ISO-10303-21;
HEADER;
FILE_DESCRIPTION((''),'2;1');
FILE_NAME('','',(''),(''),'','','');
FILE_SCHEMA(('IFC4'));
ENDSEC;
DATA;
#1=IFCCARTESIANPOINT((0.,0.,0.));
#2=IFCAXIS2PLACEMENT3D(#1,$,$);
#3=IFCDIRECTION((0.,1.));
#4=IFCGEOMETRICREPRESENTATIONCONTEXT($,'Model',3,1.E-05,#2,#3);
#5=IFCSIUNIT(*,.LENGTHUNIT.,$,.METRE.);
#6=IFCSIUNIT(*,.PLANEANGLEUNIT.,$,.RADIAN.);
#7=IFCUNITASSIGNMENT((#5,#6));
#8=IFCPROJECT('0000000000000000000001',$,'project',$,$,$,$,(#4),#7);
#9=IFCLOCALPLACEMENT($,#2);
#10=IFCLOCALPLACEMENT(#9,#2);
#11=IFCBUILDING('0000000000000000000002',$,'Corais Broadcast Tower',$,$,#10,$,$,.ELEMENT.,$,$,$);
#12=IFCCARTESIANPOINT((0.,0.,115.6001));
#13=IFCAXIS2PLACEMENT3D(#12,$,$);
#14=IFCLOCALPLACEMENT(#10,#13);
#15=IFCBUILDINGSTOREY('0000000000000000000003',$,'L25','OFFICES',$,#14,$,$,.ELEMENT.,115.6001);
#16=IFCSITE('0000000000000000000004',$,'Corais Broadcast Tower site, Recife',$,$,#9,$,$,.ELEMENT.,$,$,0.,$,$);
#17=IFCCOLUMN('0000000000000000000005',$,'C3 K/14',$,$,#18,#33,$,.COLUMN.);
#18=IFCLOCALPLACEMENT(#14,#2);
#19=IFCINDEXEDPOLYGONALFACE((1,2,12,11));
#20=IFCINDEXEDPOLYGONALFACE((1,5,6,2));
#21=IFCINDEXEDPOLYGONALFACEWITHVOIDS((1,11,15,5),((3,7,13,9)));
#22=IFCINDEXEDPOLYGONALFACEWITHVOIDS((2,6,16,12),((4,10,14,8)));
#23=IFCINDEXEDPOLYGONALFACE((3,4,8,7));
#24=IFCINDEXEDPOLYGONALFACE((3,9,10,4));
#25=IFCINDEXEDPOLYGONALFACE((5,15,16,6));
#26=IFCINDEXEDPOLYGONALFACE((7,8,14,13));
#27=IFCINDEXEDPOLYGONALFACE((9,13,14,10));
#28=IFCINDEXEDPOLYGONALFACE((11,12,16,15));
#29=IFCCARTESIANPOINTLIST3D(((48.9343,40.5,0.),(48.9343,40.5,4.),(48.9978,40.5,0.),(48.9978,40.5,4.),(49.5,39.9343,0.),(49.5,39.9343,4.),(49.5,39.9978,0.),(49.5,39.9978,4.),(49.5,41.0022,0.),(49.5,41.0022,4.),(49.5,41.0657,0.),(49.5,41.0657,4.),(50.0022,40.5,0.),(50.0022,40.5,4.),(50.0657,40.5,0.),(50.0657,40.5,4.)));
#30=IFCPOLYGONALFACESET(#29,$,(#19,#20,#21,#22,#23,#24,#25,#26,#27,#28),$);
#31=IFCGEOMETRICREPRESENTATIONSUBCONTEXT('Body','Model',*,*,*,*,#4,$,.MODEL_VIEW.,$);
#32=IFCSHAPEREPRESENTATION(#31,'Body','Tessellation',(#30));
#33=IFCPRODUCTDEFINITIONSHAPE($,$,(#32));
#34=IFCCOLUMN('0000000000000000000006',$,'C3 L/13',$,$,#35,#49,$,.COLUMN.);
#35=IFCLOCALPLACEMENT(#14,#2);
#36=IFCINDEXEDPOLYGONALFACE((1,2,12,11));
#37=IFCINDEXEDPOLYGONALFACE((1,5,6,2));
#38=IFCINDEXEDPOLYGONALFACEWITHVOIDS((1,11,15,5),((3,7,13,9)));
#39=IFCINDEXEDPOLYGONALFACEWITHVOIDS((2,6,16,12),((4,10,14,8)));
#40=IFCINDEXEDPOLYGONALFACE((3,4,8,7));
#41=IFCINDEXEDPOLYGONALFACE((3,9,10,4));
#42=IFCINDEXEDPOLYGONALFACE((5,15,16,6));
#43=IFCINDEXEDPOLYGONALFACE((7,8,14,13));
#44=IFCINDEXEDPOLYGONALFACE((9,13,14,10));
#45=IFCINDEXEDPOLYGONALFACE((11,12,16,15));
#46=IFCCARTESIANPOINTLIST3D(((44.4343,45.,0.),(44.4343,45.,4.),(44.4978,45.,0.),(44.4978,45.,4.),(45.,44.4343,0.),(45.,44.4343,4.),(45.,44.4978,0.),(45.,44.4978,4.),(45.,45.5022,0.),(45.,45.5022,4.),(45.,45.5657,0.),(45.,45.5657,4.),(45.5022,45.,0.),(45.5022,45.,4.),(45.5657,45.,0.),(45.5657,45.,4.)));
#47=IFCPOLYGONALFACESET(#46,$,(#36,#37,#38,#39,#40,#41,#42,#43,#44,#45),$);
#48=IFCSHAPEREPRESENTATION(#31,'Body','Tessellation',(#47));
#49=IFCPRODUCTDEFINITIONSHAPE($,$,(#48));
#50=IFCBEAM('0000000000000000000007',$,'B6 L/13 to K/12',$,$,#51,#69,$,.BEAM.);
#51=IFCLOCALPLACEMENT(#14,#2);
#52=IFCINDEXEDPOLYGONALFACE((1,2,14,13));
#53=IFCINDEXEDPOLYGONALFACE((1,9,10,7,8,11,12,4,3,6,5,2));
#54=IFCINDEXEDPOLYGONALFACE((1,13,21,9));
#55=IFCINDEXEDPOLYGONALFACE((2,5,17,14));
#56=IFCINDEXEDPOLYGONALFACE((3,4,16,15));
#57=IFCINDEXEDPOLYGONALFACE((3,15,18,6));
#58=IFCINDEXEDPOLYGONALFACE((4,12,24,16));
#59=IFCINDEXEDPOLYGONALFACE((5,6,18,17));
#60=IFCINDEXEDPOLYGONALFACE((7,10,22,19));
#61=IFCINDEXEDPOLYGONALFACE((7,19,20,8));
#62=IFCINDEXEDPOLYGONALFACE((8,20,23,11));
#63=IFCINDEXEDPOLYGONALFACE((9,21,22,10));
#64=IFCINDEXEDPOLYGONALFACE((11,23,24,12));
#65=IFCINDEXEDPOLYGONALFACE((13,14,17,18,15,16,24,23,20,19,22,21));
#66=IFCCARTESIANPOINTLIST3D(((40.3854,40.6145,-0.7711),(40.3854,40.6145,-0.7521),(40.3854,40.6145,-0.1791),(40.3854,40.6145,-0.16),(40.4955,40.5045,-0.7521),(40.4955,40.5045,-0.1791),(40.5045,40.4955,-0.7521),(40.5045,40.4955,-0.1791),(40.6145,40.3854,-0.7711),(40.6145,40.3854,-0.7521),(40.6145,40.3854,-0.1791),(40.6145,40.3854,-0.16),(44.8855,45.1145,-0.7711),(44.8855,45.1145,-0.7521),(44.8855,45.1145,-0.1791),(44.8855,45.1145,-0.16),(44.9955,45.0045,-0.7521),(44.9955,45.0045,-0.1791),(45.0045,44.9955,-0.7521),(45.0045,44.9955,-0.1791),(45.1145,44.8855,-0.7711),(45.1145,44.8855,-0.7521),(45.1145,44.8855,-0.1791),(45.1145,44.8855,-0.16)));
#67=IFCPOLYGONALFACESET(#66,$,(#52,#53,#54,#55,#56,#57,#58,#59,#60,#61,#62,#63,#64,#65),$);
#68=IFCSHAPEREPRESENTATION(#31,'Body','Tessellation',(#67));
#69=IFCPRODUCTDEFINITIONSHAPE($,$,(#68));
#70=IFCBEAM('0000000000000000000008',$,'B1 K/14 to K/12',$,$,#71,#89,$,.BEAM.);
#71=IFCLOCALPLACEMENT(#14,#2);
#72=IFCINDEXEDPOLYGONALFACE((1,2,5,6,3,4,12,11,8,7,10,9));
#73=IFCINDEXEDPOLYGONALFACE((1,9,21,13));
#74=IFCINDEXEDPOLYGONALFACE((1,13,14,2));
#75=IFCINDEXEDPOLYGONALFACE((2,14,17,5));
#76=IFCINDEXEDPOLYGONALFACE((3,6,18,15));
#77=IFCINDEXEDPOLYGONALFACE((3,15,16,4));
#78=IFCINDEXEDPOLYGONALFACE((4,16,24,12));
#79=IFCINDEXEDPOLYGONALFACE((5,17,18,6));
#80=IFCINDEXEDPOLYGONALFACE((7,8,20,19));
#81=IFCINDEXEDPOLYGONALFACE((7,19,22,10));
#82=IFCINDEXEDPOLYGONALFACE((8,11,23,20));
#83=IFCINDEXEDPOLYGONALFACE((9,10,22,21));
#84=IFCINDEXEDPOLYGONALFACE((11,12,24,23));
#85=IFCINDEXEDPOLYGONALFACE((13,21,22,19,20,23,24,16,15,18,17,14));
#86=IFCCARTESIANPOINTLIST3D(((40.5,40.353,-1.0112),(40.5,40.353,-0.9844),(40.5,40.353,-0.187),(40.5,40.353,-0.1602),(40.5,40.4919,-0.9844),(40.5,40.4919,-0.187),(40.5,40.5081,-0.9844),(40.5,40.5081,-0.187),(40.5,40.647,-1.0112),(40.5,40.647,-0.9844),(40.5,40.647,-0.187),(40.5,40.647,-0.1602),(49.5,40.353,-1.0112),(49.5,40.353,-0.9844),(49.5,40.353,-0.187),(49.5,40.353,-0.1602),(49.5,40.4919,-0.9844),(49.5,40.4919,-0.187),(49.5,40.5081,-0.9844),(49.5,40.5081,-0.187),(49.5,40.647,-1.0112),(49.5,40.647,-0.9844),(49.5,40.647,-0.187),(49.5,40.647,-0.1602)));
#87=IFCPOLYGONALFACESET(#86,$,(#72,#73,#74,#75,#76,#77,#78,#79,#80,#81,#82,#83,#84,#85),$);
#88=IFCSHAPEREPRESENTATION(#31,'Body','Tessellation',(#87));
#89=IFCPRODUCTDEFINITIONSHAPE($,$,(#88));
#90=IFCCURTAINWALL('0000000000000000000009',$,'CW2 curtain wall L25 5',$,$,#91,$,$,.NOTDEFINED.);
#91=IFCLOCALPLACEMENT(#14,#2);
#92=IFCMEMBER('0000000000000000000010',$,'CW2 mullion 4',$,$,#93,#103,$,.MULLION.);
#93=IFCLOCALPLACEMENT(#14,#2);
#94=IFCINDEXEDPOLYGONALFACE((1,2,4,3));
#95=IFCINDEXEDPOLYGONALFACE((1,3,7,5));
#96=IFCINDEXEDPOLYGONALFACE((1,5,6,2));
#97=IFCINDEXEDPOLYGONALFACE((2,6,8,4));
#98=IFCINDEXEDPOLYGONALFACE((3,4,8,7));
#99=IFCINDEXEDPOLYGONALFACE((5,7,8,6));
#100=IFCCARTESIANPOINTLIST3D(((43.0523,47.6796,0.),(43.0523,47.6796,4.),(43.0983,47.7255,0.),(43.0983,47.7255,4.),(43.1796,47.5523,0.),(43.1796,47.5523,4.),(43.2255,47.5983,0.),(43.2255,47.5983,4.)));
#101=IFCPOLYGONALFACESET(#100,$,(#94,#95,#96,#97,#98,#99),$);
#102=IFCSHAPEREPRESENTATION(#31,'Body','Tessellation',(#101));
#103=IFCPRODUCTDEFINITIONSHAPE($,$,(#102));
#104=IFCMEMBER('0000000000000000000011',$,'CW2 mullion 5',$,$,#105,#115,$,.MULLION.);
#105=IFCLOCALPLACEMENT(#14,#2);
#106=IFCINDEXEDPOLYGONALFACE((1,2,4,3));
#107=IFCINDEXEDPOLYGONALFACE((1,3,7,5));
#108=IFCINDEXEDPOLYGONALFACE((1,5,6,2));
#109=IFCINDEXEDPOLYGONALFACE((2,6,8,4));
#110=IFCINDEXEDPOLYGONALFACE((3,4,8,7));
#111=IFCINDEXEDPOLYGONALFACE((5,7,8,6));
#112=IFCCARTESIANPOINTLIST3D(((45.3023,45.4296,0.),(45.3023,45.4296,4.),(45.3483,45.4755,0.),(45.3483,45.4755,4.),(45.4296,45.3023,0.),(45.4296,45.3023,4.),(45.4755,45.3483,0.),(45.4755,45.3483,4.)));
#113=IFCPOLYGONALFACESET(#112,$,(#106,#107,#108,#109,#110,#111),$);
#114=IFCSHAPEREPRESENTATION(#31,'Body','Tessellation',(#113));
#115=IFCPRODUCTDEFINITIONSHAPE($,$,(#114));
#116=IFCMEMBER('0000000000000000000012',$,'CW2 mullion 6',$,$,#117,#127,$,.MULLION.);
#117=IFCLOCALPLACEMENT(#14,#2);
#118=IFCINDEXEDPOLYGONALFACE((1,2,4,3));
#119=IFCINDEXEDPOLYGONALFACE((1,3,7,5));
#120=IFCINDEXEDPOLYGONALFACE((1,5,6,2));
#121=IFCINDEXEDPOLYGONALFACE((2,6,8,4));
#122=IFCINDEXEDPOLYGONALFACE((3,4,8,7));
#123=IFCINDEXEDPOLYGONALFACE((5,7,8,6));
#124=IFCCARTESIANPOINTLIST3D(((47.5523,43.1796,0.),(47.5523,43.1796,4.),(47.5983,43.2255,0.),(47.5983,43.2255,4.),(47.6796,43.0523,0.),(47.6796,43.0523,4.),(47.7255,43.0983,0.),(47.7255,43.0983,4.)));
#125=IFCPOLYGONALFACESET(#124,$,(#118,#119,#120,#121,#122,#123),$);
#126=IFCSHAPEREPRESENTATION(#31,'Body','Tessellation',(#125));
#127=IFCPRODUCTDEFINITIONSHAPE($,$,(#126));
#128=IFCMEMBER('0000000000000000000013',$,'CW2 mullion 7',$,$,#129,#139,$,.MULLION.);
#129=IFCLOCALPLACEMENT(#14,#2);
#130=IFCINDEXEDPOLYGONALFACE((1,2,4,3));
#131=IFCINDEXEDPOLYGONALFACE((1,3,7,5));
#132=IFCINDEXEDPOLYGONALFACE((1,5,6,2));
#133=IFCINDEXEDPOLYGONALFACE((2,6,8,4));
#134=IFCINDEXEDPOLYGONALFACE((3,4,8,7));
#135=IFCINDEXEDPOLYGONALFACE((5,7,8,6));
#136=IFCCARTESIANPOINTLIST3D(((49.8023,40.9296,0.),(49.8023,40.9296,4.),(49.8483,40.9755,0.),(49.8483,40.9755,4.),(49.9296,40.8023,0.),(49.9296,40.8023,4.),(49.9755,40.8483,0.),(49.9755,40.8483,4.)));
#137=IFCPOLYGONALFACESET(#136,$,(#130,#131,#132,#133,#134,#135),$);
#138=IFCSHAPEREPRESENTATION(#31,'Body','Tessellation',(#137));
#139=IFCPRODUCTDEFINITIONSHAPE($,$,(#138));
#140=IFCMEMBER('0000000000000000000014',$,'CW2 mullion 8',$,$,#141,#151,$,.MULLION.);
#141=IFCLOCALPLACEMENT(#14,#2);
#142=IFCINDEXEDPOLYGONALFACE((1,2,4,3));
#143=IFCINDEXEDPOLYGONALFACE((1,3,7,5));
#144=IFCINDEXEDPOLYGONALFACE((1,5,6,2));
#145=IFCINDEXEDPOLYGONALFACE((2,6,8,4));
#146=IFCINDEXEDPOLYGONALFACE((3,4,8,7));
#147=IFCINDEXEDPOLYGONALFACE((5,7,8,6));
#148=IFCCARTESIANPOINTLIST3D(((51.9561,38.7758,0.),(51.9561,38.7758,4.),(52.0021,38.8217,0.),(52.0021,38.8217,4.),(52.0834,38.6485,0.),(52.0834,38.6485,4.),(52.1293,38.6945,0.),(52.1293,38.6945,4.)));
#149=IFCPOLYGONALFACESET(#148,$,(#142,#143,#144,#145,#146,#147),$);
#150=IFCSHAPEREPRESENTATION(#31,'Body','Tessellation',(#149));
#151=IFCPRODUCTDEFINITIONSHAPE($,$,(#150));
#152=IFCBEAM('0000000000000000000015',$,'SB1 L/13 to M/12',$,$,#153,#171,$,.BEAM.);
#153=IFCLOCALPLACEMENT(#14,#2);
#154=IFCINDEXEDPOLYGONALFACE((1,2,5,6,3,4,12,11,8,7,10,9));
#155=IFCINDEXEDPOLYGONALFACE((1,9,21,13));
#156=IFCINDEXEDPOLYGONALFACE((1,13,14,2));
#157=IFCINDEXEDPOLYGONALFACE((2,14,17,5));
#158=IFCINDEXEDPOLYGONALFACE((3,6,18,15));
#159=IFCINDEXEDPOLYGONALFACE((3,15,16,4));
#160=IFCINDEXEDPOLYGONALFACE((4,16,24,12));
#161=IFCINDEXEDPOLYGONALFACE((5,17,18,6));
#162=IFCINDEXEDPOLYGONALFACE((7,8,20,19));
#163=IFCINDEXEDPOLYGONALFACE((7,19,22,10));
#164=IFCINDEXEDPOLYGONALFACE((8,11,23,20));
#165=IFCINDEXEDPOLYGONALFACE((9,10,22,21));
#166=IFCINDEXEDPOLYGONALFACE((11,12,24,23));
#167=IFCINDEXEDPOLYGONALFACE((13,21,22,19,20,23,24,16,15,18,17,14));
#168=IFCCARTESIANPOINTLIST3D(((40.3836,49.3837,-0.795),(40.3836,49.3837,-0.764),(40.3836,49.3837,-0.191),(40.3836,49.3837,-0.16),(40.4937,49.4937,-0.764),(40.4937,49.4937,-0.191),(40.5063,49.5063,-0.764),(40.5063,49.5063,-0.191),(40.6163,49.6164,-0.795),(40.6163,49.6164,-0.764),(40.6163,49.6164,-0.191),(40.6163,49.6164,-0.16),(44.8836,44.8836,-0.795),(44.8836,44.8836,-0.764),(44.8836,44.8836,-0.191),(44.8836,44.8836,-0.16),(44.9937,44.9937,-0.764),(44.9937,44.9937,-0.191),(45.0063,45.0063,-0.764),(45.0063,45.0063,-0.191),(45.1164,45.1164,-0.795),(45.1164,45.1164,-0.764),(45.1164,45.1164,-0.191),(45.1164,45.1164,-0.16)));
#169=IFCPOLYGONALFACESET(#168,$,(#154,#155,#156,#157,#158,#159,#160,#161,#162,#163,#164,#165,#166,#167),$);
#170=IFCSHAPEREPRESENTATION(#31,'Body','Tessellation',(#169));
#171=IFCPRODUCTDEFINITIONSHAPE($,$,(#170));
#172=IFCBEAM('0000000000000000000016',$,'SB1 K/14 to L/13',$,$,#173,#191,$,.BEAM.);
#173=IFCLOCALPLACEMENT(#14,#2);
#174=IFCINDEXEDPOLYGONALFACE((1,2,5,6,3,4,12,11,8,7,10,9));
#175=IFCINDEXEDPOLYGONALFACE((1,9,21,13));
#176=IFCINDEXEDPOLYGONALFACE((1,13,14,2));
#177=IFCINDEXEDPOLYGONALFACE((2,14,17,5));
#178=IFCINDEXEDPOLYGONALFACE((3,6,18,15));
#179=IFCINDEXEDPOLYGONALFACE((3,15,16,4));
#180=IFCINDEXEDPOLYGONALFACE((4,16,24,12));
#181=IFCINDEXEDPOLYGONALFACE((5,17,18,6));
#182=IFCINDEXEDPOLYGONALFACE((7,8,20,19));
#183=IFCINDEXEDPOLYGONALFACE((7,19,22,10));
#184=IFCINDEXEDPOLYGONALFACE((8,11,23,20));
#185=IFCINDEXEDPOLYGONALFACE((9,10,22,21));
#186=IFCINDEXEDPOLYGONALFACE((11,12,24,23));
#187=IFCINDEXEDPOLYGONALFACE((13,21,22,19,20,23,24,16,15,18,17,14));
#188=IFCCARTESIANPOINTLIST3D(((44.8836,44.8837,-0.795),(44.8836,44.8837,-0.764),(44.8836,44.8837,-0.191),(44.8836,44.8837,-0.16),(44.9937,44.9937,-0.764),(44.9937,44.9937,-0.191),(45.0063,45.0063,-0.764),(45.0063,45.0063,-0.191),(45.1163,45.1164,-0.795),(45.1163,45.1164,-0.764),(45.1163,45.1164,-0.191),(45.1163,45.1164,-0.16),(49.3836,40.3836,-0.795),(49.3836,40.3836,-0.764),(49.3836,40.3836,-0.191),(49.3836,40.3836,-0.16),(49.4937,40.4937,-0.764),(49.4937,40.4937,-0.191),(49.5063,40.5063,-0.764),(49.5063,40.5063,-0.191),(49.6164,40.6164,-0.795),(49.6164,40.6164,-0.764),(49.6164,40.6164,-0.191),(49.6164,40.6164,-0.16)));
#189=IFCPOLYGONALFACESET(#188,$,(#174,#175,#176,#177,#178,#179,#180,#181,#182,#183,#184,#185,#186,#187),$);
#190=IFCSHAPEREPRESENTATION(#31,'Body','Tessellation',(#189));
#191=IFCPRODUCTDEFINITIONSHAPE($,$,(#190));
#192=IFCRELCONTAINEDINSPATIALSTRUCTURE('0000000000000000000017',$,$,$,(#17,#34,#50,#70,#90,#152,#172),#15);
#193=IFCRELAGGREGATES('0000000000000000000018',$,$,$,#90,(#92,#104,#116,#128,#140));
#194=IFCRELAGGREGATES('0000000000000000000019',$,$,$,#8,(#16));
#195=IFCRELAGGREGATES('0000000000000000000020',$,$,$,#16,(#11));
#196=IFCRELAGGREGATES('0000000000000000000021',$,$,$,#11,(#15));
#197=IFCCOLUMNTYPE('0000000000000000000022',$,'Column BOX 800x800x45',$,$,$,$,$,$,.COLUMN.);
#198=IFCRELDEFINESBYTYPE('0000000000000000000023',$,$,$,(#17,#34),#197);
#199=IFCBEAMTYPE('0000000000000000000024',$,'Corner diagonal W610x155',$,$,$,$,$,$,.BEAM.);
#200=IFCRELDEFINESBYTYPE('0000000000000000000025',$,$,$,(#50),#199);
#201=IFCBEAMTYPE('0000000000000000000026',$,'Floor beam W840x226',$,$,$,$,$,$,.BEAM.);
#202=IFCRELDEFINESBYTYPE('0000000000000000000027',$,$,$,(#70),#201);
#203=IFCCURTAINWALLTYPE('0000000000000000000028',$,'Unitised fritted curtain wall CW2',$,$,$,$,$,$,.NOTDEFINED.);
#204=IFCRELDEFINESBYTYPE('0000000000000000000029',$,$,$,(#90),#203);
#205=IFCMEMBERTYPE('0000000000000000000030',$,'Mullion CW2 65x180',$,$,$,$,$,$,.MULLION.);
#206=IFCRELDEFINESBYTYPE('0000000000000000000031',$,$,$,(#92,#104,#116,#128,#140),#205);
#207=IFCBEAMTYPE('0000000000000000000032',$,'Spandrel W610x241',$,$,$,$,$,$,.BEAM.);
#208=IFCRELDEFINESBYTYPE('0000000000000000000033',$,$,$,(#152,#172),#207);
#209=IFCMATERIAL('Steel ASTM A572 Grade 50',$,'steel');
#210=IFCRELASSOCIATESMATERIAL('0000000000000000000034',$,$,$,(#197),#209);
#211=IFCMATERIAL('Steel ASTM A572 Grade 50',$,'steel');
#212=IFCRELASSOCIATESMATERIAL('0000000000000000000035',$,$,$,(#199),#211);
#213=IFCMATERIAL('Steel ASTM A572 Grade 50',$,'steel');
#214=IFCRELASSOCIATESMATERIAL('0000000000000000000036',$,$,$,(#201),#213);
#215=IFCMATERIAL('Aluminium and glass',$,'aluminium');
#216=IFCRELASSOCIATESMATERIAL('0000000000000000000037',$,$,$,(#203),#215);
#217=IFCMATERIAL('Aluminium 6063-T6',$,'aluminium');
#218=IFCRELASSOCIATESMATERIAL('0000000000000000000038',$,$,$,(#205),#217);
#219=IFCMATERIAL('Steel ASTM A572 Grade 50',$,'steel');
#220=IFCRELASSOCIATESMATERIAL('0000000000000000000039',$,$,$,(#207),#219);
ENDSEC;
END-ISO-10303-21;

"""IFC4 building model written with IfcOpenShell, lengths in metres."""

from ifc_helpers import new_model, si_unit, direction, frame, origin, origin_2d, place, context, subcontext, project, spatial, rectangle, hollow_rectangle, i_section, extrude, material, material_profile, profile_set, type_object, element, aggregate, save


model = new_model("IFC4")

# Units and contexts
model_context = context("Model", 3, precision=1e-05, world=origin(), true_north=direction((0.0, 1.0)))
body_context = subcontext(model_context, "Body", "Model", "MODEL_VIEW")
ifc_project = project(units=[si_unit("LENGTHUNIT", "METRE"), si_unit("PLANEANGLEUNIT", "RADIAN")], contexts=[model_context])

# Site, building, storey
site_placement = place(None, origin())
site = spatial("IfcSite", under=ifc_project, at=site_placement, Name="Corais Broadcast Tower site, Recife", CompositionType="ELEMENT", RefElevation=0.0)
building_placement = place(site_placement, origin())
building = spatial("IfcBuilding", under=site, at=building_placement, Name="Corais Broadcast Tower", CompositionType="ELEMENT")
storey_placement = place(building_placement, frame((0.0, 0.0, 115.6001)))
storey = spatial("IfcBuildingStorey", under=building, at=storey_placement, Name="L25", Description="OFFICES", CompositionType="ELEMENT", Elevation=115.6001)

# Columns
ifc_material_1 = material(Name="Steel ASTM A572 Grade 50", Category="steel")
ifc_material_profile_1 = material_profile(ifc_material_1, hollow_rectangle(XDim=0.8, YDim=0.8, WallThickness=0.0449, at=origin_2d()), Name="BOX 800x800x45")
ifc_profile_set_1 = profile_set([ifc_material_profile_1], Name="Steel ASTM A572 Grade 50")
column_type = type_object("IfcColumnType", Name="Column BOX 800x800x45", PredefinedType="COLUMN", material=ifc_profile_set_1)
for number, where, z_axis, x_axis, name in (
    (1, (49.5, 40.5, 0.0), (0.0, 0.0, 1.0), (0.707107, 0.707107, 0.0), "C3 K/14"),
    (2, (45.0, 45.0, 0.0), (0.0, 0.0, 1.0), (0.707107, 0.707107, 0.0), "C3 L/13"),
):
    element("IfcColumn", number, at=place(storey_placement, frame(where, z_axis=z_axis, x_axis=x_axis)), inside=storey, type_object=column_type, Name=name, PredefinedType="COLUMN", context=body_context, shape_type="SweptSolid", body=[
        extrude(hollow_rectangle(XDim=0.8, YDim=0.8, WallThickness=0.0449, at=origin_2d()), origin(), (0.0, 0.0, 1.0), 4.0),
    ])

# Beams
ifc_material_2 = material(Name="Steel ASTM A572 Grade 50", Category="steel")
ifc_material_profile_2 = material_profile(ifc_material_2, i_section(OverallWidth=0.324, OverallDepth=0.6111, WebThickness=0.0127, FlangeThickness=0.019, at=origin_2d()), Name="W610x155")
ifc_profile_set_2 = profile_set([ifc_material_profile_2], Name="Steel ASTM A572 Grade 50")
beam_type_1 = type_object("IfcBeamType", Name="Corner diagonal W610x155", PredefinedType="BEAM", material=ifc_profile_set_2)
beam_1_placement = place(storey_placement, frame((45.0, 45.0, -0.4656), z_axis=(-0.707107, -0.707107, 0.0), x_axis=(0.707107, -0.707107, 0.0)))
element("IfcBeam", 3, at=beam_1_placement, inside=storey, type_object=beam_type_1, Name="B6 L/13 to K/12", PredefinedType="BEAM", context=body_context, shape_type="SweptSolid", body=[
    extrude(i_section(OverallWidth=0.324, OverallDepth=0.6111, WebThickness=0.0127, FlangeThickness=0.019, at=origin_2d()), origin(), (0.0, 0.0, 1.0), 6.364),
])
ifc_material_3 = material(Name="Steel ASTM A572 Grade 50", Category="steel")
ifc_material_profile_3 = material_profile(ifc_material_3, i_section(OverallWidth=0.2939, OverallDepth=0.8511, WebThickness=0.0161, FlangeThickness=0.0269, at=origin_2d()), Name="W840x226")
ifc_profile_set_3 = profile_set([ifc_material_profile_3], Name="Steel ASTM A572 Grade 50")
beam_type_2 = type_object("IfcBeamType", Name="Floor beam W840x226", PredefinedType="BEAM", material=ifc_profile_set_3)
beam_2_placement = place(storey_placement, frame((49.5, 40.5, -0.5857), z_axis=(-1.0, 0.0, 0.0), x_axis=(0.0, -1.0, 0.0)))
element("IfcBeam", 4, at=beam_2_placement, inside=storey, type_object=beam_type_2, Name="B1 K/14 to K/12", PredefinedType="BEAM", context=body_context, shape_type="SweptSolid", body=[
    extrude(i_section(OverallWidth=0.2939, OverallDepth=0.8511, WebThickness=0.0161, FlangeThickness=0.0269, at=origin_2d()), origin(), (0.0, 0.0, 1.0), 9.0),
])

# Curtain wall, members
ifc_material_4 = material(Name="Aluminium and glass", Category="aluminium")
curtain_wall_type = type_object("IfcCurtainWallType", Name="Unitised fritted curtain wall CW2", PredefinedType="NOTDEFINED", material=ifc_material_4)
curtain_wall_placement = place(storey_placement, origin())
curtain_wall = element("IfcCurtainWall", 5, at=curtain_wall_placement, inside=storey, type_object=curtain_wall_type, Name="CW2 curtain wall L25 5", PredefinedType="NOTDEFINED")
ifc_material_5 = material(Name="Aluminium 6063-T6", Category="aluminium")
ifc_material_profile_4 = material_profile(ifc_material_5, rectangle(XDim=0.0649, YDim=0.1799, at=origin_2d()), Name="Mullion CW2 65x180")
ifc_profile_set_4 = profile_set([ifc_material_profile_4], Name="Aluminium 6063-T6")
member_type_1 = type_object("IfcMemberType", Name="Mullion CW2 65x180", PredefinedType="MULLION", material=ifc_profile_set_4)
member_1_placement = place(storey_placement, frame((43.1389, 47.6389, 0.0), z_axis=(0.0, 0.0, 1.0), x_axis=(0.707107, 0.707107, 0.0)))
member_1 = element("IfcMember", 6, at=member_1_placement, type_object=member_type_1, Name="CW2 mullion 4", PredefinedType="MULLION", context=body_context, shape_type="SweptSolid", body=[
    extrude(rectangle(XDim=0.0649, YDim=0.1799, at=origin_2d()), origin(), (0.0, 0.0, 1.0), 4.0),
])
member_2_placement = place(storey_placement, frame((45.3889, 45.3889, 0.0), z_axis=(0.0, 0.0, 1.0), x_axis=(0.707107, 0.707107, 0.0)))
member_2 = element("IfcMember", 7, at=member_2_placement, type_object=member_type_1, Name="CW2 mullion 5", PredefinedType="MULLION", context=body_context, shape_type="SweptSolid", body=[
    extrude(rectangle(XDim=0.0649, YDim=0.1799, at=origin_2d()), origin(), (0.0, 0.0, 1.0), 4.0),
])
member_3_placement = place(storey_placement, frame((47.6389, 43.1389, 0.0), z_axis=(0.0, 0.0, 1.0), x_axis=(0.707107, 0.707107, 0.0)))
member_3 = element("IfcMember", 8, at=member_3_placement, type_object=member_type_1, Name="CW2 mullion 6", PredefinedType="MULLION", context=body_context, shape_type="SweptSolid", body=[
    extrude(rectangle(XDim=0.0649, YDim=0.1799, at=origin_2d()), origin(), (0.0, 0.0, 1.0), 4.0),
])
member_4_placement = place(storey_placement, frame((49.8889, 40.8889, 0.0), z_axis=(0.0, 0.0, 1.0), x_axis=(0.707107, 0.707107, 0.0)))
member_4 = element("IfcMember", 9, at=member_4_placement, type_object=member_type_1, Name="CW2 mullion 7", PredefinedType="MULLION", context=body_context, shape_type="SweptSolid", body=[
    extrude(rectangle(XDim=0.0649, YDim=0.1799, at=origin_2d()), origin(), (0.0, 0.0, 1.0), 4.0),
])
member_5_placement = place(storey_placement, frame((52.0427, 38.7351, 0.0), z_axis=(0.0, 0.0, 1.0), x_axis=(0.707107, 0.707107, 0.0)))
member_5 = element("IfcMember", 10, at=member_5_placement, type_object=member_type_1, Name="CW2 mullion 8", PredefinedType="MULLION", context=body_context, shape_type="SweptSolid", body=[
    extrude(rectangle(XDim=0.0649, YDim=0.1799, at=origin_2d()), origin(), (0.0, 0.0, 1.0), 4.0),
])

# Beams
ifc_material_6 = material(Name="Steel ASTM A572 Grade 50", Category="steel")
ifc_material_profile_5 = material_profile(ifc_material_6, i_section(OverallWidth=0.3291, OverallDepth=0.635, WebThickness=0.0178, FlangeThickness=0.031, at=origin_2d()), Name="W610x241")
ifc_profile_set_5 = profile_set([ifc_material_profile_5], Name="Steel ASTM A572 Grade 50")
beam_type_3 = type_object("IfcBeamType", Name="Spandrel W610x241", PredefinedType="BEAM", material=ifc_profile_set_5)
for number, where, z_axis, x_axis, name in (
    (11, (45.0, 45.0, -0.4775), (-0.707107, 0.707107, 0.0), (-0.707107, -0.707107, 0.0), "SB1 L/13 to M/12"),
    (12, (49.5, 40.5, -0.4775), (-0.707107, 0.707107, 0.0), (-0.707107, -0.707107, 0.0), "SB1 K/14 to L/13"),
):
    element("IfcBeam", number, at=place(storey_placement, frame(where, z_axis=z_axis, x_axis=x_axis)), inside=storey, type_object=beam_type_3, Name=name, PredefinedType="BEAM", context=body_context, shape_type="SweptSolid", body=[
        extrude(i_section(OverallWidth=0.3291, OverallDepth=0.635, WebThickness=0.0178, FlangeThickness=0.031, at=origin_2d()), origin(), (0.0, 0.0, 1.0), 6.364),
    ])

aggregate(curtain_wall, [member_1, member_2, member_3, member_4, member_5])

save(model, "model.ifc")
